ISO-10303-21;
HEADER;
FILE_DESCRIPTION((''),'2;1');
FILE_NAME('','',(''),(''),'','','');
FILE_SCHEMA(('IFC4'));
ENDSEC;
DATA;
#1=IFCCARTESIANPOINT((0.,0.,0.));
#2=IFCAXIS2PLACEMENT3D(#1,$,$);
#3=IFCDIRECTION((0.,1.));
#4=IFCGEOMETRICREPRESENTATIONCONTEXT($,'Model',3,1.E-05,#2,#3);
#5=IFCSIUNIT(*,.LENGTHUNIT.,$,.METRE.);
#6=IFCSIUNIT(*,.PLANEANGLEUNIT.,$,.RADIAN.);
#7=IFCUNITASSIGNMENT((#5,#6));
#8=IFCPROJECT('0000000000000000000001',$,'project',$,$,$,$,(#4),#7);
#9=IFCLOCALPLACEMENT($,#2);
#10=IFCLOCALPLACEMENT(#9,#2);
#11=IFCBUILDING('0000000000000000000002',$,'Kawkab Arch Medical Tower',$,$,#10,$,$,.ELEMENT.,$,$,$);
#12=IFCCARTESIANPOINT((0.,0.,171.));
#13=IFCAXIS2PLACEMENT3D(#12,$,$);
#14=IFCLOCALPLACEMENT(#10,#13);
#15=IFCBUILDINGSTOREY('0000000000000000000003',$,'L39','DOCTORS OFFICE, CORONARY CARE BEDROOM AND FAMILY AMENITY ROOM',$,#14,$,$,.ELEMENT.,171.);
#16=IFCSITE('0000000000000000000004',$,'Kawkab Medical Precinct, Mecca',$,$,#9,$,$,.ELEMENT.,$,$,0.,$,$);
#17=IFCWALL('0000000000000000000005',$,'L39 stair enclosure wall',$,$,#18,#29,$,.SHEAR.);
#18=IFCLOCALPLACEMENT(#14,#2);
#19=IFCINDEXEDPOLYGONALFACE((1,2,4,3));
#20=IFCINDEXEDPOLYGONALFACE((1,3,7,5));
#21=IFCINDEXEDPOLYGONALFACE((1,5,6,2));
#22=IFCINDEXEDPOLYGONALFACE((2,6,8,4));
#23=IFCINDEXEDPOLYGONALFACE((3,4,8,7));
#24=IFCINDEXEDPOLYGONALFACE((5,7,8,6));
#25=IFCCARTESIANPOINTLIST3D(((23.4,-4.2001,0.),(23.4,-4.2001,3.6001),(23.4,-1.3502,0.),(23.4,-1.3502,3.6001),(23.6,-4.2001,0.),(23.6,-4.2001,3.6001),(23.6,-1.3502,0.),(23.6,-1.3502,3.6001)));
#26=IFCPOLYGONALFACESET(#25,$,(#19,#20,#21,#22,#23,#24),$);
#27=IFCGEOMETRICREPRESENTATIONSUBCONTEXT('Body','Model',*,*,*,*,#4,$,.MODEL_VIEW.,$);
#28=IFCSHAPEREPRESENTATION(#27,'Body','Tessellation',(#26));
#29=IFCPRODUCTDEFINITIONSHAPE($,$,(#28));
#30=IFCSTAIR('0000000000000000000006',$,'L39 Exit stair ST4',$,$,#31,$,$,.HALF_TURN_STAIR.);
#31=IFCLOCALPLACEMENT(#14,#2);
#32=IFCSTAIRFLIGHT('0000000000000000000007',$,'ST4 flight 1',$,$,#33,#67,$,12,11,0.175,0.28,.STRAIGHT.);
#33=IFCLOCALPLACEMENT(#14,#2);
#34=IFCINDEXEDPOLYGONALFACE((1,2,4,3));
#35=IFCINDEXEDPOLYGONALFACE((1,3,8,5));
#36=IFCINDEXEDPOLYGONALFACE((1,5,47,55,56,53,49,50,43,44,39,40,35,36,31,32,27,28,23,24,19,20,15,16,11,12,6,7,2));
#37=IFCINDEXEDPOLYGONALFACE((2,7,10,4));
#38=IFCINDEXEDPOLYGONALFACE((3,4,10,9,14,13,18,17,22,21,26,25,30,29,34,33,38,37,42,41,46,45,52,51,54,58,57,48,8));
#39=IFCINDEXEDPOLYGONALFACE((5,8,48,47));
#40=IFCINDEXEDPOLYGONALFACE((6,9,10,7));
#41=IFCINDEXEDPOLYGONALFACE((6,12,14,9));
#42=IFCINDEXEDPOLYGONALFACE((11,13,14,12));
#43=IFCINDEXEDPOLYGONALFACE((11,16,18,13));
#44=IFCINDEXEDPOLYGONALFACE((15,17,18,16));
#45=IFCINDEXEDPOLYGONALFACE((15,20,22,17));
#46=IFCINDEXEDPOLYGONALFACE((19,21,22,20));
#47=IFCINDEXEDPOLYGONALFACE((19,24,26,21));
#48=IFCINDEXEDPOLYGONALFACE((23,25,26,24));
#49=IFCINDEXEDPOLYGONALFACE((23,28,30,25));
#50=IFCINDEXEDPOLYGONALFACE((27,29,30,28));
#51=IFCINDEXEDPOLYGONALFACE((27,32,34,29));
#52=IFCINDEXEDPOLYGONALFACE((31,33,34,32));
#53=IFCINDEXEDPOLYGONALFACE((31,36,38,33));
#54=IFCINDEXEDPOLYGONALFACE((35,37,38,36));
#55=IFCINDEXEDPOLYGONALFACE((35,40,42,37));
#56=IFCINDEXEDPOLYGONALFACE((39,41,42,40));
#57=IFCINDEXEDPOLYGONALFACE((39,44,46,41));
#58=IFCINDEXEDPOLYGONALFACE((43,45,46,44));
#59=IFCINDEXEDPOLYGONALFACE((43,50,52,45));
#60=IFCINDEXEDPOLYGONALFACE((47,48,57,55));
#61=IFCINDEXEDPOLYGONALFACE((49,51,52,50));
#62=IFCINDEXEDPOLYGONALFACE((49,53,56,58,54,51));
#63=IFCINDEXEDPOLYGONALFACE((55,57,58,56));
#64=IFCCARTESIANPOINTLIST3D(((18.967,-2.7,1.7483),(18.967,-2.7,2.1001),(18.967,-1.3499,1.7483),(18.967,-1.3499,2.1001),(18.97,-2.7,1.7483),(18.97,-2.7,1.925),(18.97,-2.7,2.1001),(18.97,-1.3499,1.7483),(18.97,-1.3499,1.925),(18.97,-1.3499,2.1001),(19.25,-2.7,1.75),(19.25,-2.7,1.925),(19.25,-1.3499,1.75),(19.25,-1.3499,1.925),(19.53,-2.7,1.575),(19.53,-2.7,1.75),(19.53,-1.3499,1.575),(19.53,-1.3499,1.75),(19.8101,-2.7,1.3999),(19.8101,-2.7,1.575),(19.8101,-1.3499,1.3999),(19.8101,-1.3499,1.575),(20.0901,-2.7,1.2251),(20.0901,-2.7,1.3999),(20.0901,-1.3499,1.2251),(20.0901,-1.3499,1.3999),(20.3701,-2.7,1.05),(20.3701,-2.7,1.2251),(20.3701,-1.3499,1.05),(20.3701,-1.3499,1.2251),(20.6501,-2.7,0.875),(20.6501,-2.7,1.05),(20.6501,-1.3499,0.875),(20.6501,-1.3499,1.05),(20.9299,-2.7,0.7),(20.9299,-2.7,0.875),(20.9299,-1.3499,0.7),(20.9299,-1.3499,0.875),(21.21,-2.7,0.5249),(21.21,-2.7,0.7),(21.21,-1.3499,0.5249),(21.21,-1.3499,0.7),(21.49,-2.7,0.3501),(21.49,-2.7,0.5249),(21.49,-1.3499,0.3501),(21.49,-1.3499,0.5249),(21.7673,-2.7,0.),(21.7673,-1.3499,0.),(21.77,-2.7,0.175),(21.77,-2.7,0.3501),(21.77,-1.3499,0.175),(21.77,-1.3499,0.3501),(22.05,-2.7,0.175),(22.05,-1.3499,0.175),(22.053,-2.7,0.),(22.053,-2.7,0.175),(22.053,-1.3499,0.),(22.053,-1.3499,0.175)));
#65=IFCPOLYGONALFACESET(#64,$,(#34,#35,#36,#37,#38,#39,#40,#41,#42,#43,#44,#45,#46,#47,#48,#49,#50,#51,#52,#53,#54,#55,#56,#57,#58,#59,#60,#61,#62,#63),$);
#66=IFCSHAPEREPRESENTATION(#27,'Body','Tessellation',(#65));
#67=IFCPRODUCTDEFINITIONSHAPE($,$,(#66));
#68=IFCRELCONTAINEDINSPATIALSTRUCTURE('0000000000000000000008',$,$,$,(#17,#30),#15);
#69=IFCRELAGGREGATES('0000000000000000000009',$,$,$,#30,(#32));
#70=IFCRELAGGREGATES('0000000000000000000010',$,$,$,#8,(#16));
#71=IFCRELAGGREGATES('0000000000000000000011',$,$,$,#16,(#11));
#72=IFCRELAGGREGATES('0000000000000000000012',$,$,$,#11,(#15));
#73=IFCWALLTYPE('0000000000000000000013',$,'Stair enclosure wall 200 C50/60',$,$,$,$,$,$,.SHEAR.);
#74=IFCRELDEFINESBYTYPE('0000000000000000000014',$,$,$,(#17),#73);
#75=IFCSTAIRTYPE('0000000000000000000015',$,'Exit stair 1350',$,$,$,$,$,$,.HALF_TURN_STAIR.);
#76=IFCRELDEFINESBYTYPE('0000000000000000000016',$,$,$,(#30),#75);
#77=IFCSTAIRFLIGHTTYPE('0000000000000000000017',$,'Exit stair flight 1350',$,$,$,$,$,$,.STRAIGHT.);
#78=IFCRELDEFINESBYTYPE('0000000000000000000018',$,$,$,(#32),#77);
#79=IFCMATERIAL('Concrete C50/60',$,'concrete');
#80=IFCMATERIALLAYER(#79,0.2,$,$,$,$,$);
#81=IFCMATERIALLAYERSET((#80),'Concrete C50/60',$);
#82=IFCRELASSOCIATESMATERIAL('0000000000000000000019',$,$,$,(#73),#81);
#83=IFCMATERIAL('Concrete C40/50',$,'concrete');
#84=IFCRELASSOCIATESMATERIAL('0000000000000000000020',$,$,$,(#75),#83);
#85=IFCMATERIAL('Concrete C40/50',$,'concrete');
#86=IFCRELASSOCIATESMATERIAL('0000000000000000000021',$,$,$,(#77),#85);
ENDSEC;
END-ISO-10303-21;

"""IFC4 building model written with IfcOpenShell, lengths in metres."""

from ifc_helpers import new_model, si_unit, direction, frame, frame_2d, origin, place, context, subcontext, project, spatial, polyline, rectangle, outline, extrude, material, layer, layer_set, type_object, element, aggregate, save


model = new_model("IFC4")

# Units and contexts
model_context = context("Model", 3, precision=1e-05, world=origin(), true_north=direction((0.0, 1.0)))
body_context = subcontext(model_context, "Body", "Model", "MODEL_VIEW")
ifc_project = project(units=[si_unit("LENGTHUNIT", "METRE"), si_unit("PLANEANGLEUNIT", "RADIAN")], contexts=[model_context])

# Site, building, storey
site_placement = place(None, origin())
site = spatial("IfcSite", under=ifc_project, at=site_placement, Name="Kawkab Medical Precinct, Mecca", CompositionType="ELEMENT", RefElevation=0.0)
building_placement = place(site_placement, origin())
building = spatial("IfcBuilding", under=site, at=building_placement, Name="Kawkab Arch Medical Tower", CompositionType="ELEMENT")
storey_placement = place(building_placement, frame((0.0, 0.0, 171.0)))
storey = spatial("IfcBuildingStorey", under=building, at=storey_placement, Name="L39", Description="DOCTORS OFFICE, CORONARY CARE BEDROOM AND FAMILY AMENITY ROOM", CompositionType="ELEMENT", Elevation=171.0)

# Shared definitions
placement = place(storey_placement, origin())

# Wall
ifc_material_1 = material(Name="Concrete C50/60", Category="concrete")
ifc_layer_1 = layer(ifc_material_1, 0.2)
ifc_layer_set_1 = layer_set([ifc_layer_1], Name="Concrete C50/60")
wall_type_1 = type_object("IfcWallType", Name="Stair enclosure wall 200 C50/60", PredefinedType="SHEAR", material=ifc_layer_set_1)
wall_1_placement = place(storey_placement, frame((23.5, -4.2, 0.0), z_axis=(0.0, 0.0, 1.0), x_axis=(0.0, 1.0, 0.0)))
element("IfcWall", 1, at=wall_1_placement, inside=storey, type_object=wall_type_1, Name="L39 stair enclosure wall", PredefinedType="SHEAR", context=body_context, shape_type="SweptSolid", body=[
    extrude(rectangle(XDim=2.8499, YDim=0.2, at=frame_2d((1.4248, 0.0))), origin(), (0.0, 0.0, 1.0), 3.6001),
])

# Stair, stair flight
ifc_material_2 = material(Name="Concrete C40/50", Category="concrete")
stair_type = type_object("IfcStairType", Name="Exit stair 1350", PredefinedType="HALF_TURN_STAIR", material=ifc_material_2)
stair = element("IfcStair", 2, at=placement, inside=storey, type_object=stair_type, Name="L39 Exit stair ST4", PredefinedType="HALF_TURN_STAIR")
ifc_material_3 = material(Name="Concrete C40/50", Category="concrete")
stair_flight_type = type_object("IfcStairFlightType", Name="Exit stair flight 1350", PredefinedType="STRAIGHT", material=ifc_material_3)
stair_flight_placement = place(storey_placement, frame((22.05, -2.0249, 0.0), z_axis=(0.0, 0.0, 1.0), x_axis=(-1.0, 0.0, 0.0)))
stair_flight = element("IfcStairFlight", 3, at=stair_flight_placement, type_object=stair_flight_type, Name="ST4 flight 1", NumberOfRisers=12, NumberOfTreads=11, PredefinedType="STRAIGHT", RiserHeight=0.175, TreadLength=0.28, context=body_context, shape_type="SweptSolid", body=[
    extrude(outline(polyline([(-0.0029, 0.0), (-0.0029, 0.175), (0.0, 0.175), (0.28, 0.175), (0.28, 0.3501), (0.5601, 0.3501), (0.5601, 0.5249), (0.8401, 0.5249), (0.8401, 0.7), (1.1201, 0.7), (1.1201, 0.875), (1.3999, 0.875), (1.3999, 1.05), (1.6799, 1.05), (1.6799, 1.2251), (1.96, 1.2251), (1.96, 1.3999), (2.24, 1.3999), (2.24, 1.575), (2.52, 1.575), (2.52, 1.75), (2.8, 1.75), (2.8, 1.925), (3.0801, 1.925), (3.0801, 2.1001), (3.083, 2.1001), (3.083, 1.7483), (3.0801, 1.7483), (0.2827, 0.0), (-0.0029, 0.0)])), frame((0.0, 0.675, 0.0), z_axis=(0.0, -1.0, 0.0), x_axis=(1.0, 0.0, 0.0)), (0.0, 0.0, 1.0), 1.3501),
])
aggregate(stair, [stair_flight])

save(model, "model.ifc")
